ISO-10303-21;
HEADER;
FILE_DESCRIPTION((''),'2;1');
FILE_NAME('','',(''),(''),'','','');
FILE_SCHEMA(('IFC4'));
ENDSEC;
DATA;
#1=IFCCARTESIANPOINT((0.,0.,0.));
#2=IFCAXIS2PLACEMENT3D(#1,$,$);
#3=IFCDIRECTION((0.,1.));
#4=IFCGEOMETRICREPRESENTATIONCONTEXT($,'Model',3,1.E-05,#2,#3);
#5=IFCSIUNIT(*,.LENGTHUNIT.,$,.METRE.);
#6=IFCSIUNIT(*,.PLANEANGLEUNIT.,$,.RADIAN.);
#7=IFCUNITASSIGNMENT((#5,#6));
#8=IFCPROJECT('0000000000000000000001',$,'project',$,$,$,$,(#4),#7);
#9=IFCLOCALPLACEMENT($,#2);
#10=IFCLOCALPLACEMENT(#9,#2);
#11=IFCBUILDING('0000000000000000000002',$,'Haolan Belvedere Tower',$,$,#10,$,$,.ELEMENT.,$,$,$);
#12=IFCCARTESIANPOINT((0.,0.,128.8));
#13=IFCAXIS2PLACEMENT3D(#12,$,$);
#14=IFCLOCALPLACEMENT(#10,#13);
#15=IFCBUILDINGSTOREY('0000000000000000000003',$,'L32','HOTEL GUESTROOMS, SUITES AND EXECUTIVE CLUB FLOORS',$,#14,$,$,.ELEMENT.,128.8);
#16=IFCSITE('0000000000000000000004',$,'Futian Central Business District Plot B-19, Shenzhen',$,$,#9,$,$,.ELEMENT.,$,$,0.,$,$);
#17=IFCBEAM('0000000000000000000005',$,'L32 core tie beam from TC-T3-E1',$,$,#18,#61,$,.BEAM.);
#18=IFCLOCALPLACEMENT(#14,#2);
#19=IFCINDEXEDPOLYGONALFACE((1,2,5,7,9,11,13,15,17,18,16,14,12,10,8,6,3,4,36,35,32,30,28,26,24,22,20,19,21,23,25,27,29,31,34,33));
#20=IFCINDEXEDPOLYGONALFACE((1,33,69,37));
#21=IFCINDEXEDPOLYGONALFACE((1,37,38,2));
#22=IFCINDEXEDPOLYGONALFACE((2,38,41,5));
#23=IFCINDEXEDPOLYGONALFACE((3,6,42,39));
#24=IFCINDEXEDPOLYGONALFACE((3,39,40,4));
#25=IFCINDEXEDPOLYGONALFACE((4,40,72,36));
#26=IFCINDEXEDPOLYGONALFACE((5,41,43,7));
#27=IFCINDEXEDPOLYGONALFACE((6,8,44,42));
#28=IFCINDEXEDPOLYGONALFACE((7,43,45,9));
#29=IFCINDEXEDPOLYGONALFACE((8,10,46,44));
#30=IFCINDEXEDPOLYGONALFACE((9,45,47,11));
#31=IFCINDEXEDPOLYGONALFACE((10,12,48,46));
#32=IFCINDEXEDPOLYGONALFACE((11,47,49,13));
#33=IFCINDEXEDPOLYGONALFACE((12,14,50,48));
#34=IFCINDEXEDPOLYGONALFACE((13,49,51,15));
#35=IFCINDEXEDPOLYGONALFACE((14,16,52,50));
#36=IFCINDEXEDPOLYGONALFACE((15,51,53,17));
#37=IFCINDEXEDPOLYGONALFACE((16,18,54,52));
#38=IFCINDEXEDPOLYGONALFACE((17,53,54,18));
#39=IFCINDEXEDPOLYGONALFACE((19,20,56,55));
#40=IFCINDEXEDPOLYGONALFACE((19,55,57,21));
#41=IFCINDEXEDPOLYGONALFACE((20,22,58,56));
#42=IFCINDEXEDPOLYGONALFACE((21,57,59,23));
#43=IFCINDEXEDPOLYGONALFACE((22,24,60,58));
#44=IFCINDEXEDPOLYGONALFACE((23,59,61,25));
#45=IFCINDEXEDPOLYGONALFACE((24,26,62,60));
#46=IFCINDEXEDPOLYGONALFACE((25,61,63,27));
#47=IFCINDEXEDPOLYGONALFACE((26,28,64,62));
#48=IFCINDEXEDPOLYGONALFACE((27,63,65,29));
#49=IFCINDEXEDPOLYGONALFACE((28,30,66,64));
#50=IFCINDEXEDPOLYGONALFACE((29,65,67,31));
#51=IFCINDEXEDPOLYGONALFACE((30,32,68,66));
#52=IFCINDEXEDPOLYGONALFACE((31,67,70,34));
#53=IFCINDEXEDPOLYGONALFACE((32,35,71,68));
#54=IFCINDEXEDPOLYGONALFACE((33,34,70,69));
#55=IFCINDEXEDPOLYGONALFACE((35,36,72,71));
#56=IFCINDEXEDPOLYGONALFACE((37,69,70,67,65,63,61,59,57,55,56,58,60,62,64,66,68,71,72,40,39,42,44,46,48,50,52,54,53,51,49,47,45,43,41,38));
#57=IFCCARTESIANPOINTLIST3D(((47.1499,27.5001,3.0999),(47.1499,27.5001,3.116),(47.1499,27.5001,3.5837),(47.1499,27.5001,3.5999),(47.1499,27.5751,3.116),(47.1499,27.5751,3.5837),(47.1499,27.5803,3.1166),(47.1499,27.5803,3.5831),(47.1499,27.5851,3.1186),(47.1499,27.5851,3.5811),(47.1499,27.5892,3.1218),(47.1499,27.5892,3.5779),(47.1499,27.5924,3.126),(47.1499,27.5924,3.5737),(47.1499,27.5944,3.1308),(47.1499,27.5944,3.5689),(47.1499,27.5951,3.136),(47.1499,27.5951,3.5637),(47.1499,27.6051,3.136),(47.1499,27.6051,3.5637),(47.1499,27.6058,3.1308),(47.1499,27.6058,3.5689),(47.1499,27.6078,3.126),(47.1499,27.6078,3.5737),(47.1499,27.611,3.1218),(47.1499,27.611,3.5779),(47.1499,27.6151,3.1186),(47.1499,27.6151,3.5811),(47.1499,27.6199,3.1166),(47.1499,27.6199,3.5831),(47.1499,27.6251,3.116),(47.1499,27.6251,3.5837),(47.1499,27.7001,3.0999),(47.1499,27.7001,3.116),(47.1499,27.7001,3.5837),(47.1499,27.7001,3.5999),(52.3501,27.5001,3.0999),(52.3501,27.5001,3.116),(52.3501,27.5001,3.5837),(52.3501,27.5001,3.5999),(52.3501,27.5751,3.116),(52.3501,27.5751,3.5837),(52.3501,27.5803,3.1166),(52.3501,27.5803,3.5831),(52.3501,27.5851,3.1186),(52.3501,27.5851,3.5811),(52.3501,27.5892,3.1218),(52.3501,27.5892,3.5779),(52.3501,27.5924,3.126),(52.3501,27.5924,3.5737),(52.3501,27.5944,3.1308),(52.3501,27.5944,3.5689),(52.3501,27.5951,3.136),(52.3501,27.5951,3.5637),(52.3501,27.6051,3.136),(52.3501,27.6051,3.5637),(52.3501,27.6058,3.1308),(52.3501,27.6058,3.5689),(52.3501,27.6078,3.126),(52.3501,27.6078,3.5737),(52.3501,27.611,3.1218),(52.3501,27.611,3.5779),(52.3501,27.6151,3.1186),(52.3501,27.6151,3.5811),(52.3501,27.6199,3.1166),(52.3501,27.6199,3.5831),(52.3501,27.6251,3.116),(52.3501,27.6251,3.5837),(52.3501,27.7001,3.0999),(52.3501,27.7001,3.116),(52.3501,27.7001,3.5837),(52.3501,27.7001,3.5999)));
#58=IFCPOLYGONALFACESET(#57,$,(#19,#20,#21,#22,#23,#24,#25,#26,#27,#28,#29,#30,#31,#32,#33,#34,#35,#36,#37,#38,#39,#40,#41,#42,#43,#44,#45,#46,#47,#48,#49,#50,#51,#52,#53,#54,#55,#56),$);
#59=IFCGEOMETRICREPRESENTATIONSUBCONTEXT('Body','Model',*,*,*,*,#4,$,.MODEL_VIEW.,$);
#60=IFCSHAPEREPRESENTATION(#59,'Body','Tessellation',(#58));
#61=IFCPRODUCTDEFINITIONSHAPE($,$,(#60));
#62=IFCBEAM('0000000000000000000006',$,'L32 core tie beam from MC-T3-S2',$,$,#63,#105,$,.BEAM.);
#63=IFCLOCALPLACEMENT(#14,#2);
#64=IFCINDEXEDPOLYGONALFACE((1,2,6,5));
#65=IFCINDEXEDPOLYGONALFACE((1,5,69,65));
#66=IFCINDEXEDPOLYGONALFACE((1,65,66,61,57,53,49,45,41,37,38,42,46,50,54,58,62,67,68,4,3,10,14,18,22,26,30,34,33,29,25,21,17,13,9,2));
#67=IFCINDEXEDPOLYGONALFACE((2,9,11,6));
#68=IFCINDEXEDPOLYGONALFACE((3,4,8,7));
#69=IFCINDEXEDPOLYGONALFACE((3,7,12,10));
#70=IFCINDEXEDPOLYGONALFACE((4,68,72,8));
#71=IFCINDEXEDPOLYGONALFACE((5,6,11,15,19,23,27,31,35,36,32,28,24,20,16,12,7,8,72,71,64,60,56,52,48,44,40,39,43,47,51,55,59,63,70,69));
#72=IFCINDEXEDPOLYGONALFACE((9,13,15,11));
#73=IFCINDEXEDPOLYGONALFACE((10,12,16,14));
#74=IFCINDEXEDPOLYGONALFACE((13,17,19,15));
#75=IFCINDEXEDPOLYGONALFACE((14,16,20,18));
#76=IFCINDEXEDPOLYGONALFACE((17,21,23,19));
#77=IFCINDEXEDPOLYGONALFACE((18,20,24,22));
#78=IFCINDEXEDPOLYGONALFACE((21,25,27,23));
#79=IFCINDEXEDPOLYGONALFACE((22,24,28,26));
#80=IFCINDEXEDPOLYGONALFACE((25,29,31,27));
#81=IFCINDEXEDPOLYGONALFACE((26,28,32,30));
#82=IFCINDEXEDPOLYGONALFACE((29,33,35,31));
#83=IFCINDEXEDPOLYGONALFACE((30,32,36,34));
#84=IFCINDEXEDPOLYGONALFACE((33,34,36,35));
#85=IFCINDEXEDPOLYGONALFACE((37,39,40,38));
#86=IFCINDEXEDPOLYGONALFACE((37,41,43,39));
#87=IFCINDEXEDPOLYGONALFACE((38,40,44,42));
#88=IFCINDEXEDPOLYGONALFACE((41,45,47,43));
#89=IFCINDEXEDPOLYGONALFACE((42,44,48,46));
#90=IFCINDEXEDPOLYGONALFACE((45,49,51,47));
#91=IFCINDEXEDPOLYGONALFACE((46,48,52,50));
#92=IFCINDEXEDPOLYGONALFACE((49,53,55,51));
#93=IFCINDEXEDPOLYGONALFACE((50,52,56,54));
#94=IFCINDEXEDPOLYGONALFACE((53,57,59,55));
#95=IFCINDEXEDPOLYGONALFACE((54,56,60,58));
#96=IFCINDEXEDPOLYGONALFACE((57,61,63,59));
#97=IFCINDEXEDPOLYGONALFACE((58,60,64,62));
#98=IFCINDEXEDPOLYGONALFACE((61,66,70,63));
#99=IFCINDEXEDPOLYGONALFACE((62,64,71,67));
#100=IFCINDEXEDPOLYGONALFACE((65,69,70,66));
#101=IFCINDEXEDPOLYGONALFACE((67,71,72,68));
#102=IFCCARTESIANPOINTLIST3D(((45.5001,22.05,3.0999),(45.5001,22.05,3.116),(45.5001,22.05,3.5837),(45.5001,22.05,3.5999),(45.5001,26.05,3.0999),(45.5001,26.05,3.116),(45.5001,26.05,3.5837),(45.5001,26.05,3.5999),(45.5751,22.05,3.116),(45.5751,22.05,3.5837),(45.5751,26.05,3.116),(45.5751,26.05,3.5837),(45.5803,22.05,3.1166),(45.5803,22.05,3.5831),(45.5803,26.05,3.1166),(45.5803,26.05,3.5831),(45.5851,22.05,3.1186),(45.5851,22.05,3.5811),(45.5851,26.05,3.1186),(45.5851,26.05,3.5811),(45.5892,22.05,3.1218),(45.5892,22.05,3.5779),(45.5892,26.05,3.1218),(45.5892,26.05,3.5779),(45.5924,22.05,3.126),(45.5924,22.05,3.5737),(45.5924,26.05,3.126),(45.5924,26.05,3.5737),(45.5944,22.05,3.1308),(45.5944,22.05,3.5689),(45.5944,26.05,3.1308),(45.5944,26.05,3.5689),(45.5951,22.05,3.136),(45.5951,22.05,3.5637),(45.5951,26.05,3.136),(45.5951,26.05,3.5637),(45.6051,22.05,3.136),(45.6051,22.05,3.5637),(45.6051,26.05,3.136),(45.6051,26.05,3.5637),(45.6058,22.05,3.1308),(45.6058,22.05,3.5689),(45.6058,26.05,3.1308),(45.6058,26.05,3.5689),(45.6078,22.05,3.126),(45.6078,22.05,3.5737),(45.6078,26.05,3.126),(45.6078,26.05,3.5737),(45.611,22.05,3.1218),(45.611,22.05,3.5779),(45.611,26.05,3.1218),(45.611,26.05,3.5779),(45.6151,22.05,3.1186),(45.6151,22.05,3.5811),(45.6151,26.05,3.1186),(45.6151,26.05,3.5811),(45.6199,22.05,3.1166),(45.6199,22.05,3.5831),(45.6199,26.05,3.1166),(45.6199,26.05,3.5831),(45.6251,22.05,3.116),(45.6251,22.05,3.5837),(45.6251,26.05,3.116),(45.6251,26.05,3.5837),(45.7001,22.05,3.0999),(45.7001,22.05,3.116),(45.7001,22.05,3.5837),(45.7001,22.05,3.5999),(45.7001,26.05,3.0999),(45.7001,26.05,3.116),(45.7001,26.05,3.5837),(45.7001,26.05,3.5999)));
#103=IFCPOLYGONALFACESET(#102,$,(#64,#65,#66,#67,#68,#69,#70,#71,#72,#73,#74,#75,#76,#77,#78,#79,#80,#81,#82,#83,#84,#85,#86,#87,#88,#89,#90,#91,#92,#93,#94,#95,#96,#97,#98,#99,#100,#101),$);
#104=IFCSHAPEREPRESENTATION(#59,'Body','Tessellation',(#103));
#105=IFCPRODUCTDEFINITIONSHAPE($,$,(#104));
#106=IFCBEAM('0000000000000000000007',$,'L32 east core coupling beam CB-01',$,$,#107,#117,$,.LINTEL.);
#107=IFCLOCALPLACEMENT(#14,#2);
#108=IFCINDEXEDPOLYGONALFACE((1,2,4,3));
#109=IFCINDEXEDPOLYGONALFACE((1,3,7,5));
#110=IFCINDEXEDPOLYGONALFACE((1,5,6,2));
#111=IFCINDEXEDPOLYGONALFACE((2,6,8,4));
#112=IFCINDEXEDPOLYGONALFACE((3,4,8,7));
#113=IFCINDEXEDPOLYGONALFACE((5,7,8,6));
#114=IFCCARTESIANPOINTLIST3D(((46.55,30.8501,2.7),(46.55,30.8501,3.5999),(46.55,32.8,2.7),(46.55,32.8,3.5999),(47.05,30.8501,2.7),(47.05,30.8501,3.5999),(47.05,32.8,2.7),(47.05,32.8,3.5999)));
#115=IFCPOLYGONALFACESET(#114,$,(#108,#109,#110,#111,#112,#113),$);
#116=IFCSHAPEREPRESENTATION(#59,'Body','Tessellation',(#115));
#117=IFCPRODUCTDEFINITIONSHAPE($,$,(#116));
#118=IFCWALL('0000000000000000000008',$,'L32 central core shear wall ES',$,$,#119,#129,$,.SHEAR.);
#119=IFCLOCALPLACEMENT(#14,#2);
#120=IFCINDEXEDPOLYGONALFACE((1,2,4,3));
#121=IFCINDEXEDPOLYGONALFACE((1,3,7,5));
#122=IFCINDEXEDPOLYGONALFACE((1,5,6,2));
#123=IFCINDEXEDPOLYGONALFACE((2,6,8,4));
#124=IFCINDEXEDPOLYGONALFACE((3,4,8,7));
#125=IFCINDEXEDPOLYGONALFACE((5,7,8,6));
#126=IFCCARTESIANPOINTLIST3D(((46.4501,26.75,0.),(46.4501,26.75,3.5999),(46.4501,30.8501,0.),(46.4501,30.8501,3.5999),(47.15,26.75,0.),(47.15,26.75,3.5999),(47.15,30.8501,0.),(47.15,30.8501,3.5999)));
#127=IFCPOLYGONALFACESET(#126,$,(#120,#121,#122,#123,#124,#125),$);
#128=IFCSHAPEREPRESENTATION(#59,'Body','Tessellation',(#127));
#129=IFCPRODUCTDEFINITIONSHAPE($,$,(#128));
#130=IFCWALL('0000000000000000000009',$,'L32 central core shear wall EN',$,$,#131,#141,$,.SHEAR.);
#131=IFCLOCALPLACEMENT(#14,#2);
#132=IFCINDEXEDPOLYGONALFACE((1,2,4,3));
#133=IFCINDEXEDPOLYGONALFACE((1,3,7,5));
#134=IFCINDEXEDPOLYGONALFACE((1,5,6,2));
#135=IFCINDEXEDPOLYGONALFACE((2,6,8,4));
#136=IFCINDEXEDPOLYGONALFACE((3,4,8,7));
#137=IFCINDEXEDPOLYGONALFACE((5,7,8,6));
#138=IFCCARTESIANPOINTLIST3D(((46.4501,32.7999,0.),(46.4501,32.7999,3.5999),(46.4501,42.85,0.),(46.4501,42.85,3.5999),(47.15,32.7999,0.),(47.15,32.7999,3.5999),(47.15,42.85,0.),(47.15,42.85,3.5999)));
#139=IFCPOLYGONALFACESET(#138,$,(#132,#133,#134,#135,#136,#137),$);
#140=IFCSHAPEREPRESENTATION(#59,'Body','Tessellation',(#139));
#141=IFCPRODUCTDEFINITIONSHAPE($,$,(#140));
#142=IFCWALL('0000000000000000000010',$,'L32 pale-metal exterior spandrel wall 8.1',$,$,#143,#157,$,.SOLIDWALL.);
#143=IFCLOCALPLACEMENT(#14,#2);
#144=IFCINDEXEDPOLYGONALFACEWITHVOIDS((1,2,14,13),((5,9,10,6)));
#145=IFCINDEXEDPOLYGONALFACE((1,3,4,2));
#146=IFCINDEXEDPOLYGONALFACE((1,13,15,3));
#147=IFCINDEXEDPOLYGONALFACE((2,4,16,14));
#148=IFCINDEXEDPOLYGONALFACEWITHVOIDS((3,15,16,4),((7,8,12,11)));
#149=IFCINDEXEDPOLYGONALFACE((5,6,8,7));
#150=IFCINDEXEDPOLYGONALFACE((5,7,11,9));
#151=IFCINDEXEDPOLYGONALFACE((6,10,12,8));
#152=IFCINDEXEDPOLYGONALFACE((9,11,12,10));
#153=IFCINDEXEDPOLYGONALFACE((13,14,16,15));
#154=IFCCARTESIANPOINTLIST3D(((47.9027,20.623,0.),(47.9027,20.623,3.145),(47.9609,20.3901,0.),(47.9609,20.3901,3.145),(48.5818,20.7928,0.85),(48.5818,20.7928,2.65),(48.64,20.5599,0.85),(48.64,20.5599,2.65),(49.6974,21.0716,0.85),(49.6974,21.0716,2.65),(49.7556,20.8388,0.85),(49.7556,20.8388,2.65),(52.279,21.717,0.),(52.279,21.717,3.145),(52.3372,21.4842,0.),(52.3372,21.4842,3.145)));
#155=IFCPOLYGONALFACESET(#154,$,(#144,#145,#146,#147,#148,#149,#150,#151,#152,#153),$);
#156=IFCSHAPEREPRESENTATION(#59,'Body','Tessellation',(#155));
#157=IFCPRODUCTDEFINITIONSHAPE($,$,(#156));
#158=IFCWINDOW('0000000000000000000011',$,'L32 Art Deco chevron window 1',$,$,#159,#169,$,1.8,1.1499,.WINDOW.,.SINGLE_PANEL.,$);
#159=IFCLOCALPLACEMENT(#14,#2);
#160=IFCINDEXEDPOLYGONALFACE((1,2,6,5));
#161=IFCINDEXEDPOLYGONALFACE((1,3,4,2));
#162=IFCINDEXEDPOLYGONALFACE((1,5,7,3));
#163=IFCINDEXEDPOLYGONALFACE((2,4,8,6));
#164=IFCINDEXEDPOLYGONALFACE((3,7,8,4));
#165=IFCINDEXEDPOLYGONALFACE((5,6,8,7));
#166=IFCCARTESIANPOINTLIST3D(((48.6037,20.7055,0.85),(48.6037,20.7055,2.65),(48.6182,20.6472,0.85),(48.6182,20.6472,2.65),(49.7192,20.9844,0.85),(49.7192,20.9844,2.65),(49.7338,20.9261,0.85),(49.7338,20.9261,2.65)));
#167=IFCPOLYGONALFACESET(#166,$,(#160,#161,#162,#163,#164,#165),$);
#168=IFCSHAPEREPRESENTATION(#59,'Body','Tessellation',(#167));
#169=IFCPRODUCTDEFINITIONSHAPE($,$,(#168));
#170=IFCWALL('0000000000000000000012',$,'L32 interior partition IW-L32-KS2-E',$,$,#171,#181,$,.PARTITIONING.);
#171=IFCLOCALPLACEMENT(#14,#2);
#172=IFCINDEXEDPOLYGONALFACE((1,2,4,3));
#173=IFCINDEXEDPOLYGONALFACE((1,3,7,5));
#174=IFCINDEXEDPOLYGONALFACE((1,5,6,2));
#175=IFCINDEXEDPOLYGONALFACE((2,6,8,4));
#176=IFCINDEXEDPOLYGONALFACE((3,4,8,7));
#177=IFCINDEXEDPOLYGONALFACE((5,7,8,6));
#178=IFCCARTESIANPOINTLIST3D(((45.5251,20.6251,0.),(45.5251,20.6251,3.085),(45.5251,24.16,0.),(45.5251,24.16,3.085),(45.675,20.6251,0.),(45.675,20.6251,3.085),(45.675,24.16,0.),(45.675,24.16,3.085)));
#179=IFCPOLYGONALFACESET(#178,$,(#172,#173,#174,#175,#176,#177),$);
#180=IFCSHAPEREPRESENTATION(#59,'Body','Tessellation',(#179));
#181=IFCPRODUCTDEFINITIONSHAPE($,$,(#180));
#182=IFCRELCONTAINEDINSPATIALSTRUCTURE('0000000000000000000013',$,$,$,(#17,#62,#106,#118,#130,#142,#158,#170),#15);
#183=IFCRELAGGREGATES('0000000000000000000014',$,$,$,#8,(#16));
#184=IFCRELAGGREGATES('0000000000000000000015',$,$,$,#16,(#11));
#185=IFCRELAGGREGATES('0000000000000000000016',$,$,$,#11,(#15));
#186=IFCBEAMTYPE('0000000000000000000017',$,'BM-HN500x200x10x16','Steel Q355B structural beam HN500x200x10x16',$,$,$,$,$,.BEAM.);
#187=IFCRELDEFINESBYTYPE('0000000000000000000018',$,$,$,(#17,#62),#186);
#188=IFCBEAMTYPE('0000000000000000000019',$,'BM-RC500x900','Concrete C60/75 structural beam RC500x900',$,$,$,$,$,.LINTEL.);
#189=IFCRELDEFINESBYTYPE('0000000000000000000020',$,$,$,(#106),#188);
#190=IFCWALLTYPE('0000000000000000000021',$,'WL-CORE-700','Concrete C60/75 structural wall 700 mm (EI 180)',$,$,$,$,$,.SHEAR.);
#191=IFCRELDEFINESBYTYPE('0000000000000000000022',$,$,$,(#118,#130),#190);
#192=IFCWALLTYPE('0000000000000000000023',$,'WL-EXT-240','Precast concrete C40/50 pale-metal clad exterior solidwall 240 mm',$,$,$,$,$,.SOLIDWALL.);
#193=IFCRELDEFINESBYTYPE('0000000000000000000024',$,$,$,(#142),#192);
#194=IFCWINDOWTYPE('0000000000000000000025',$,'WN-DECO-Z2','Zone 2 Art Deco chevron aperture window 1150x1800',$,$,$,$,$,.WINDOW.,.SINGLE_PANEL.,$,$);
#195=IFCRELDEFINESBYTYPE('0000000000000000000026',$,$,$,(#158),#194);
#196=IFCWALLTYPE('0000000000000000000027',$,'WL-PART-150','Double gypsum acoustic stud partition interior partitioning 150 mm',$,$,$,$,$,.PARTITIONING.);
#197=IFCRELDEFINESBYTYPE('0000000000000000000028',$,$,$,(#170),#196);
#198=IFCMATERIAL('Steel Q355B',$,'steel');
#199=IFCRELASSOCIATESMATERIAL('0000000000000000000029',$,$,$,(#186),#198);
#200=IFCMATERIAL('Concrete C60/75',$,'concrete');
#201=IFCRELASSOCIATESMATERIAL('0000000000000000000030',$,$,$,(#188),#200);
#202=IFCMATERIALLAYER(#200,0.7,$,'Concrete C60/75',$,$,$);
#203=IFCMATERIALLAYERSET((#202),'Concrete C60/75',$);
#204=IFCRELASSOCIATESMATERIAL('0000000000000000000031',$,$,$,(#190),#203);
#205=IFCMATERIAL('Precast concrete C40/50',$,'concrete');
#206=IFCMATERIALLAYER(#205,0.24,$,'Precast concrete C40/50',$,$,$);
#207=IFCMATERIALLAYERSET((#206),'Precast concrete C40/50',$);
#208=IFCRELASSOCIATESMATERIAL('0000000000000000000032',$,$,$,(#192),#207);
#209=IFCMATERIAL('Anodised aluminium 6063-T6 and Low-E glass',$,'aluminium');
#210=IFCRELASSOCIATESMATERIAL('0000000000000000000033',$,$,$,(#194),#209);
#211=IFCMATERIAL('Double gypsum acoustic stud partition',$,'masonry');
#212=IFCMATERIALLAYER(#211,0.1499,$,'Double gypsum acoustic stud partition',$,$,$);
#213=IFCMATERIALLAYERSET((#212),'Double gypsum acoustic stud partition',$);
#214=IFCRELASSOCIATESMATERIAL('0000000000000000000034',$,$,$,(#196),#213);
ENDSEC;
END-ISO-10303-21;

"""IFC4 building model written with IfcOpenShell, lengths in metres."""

from ifc_helpers import new_model, si_unit, direction, frame, frame_2d, origin, origin_2d, place, context, subcontext, project, spatial, rectangle, i_section, extrude, material, layer, layer_set, material_profile, profile_set, type_object, element, fill, save


model = new_model("IFC4")

# Units and contexts
model_context = context("Model", 3, precision=1e-05, world=origin(), true_north=direction((0.0, 1.0)))
body_context = subcontext(model_context, "Body", "Model", "MODEL_VIEW")
ifc_project = project(units=[si_unit("LENGTHUNIT", "METRE"), si_unit("PLANEANGLEUNIT", "RADIAN")], contexts=[model_context])

# Site, building, storey
site_placement = place(None, origin())
site = spatial("IfcSite", under=ifc_project, at=site_placement, Name="Futian Central Business District Plot B-19, Shenzhen", CompositionType="ELEMENT", RefElevation=0.0)
building_placement = place(site_placement, origin())
building = spatial("IfcBuilding", under=site, at=building_placement, Name="Haolan Belvedere Tower", CompositionType="ELEMENT")
storey_placement = place(building_placement, frame((0.0, 0.0, 128.8)))
storey = spatial("IfcBuildingStorey", under=building, at=storey_placement, Name="L32", Description="HOTEL GUESTROOMS, SUITES AND EXECUTIVE CLUB FLOORS", CompositionType="ELEMENT", Elevation=128.8)

# Beams
ifc_material_1 = material(Name="Steel Q355B", Category="steel")
ifc_material_profile_1 = material_profile(ifc_material_1, i_section(OverallWidth=0.2, OverallDepth=0.5, WebThickness=0.01, FlangeThickness=0.0161, FilletRadius=0.02, at=origin_2d()), Name="Steel Q355B")
ifc_profile_set_1 = profile_set([ifc_material_profile_1], Name="Steel Q355B")
beam_type_1 = type_object("IfcBeamType", Name="BM-HN500x200x10x16", Description="Steel Q355B structural beam HN500x200x10x16", PredefinedType="BEAM", material=ifc_profile_set_1)
beam_1_placement = place(storey_placement, frame((52.3501, 27.6001, 3.3499), z_axis=(-1.0, 0.0, 0.0), x_axis=(0.0, -1.0, 0.0)))
element("IfcBeam", 1, at=beam_1_placement, inside=storey, type_object=beam_type_1, Name="L32 core tie beam from TC-T3-E1", PredefinedType="BEAM", context=body_context, shape_type="SweptSolid", body=[
    extrude(i_section(OverallWidth=0.2, OverallDepth=0.5, WebThickness=0.01, FlangeThickness=0.0161, FilletRadius=0.02, at=origin_2d()), origin(), (0.0, 0.0, 1.0), 5.2002),
])
beam_2_placement = place(storey_placement, frame((45.6001, 22.05, 3.3499), z_axis=(0.0, 1.0, 0.0), x_axis=(-1.0, 0.0, 0.0)))
element("IfcBeam", 2, at=beam_2_placement, inside=storey, type_object=beam_type_1, Name="L32 core tie beam from MC-T3-S2", PredefinedType="BEAM", context=body_context, shape_type="SweptSolid", body=[
    extrude(i_section(OverallWidth=0.2, OverallDepth=0.5, WebThickness=0.01, FlangeThickness=0.0161, FilletRadius=0.02, at=origin_2d()), origin(), (0.0, 0.0, 1.0), 4.0),
])
ifc_material_2 = material(Name="Concrete C60/75", Category="concrete")
ifc_material_profile_2 = material_profile(ifc_material_2, rectangle(XDim=0.5, YDim=0.8999, at=origin_2d()), Name="Concrete C60/75")
ifc_profile_set_2 = profile_set([ifc_material_profile_2], Name="Concrete C60/75")
beam_type_2 = type_object("IfcBeamType", Name="BM-RC500x900", Description="Concrete C60/75 structural beam RC500x900", PredefinedType="LINTEL", material=ifc_profile_set_2)
beam_3_placement = place(storey_placement, frame((46.8, 30.8501, 3.1499), z_axis=(0.0, 1.0, 0.0), x_axis=(-1.0, 0.0, 0.0)))
element("IfcBeam", 3, at=beam_3_placement, inside=storey, type_object=beam_type_2, Name="L32 east core coupling beam CB-01", PredefinedType="LINTEL", context=body_context, shape_type="SweptSolid", body=[
    extrude(rectangle(XDim=0.5, YDim=0.8999, at=origin_2d()), origin(), (0.0, 0.0, 1.0), 1.95),
])

# Walls
ifc_layer_1 = layer(ifc_material_2, 0.7, Name="Concrete C60/75")
ifc_layer_set_1 = layer_set([ifc_layer_1], Name="Concrete C60/75")
wall_type_1 = type_object("IfcWallType", Name="WL-CORE-700", Description="Concrete C60/75 structural wall 700 mm (EI 180)", PredefinedType="SHEAR", material=ifc_layer_set_1)
wall_1_placement = place(storey_placement, frame((46.8, 26.75, 0.0), z_axis=(0.0, 0.0, 1.0), x_axis=(0.0, 1.0, 0.0)))
element("IfcWall", 4, at=wall_1_placement, inside=storey, type_object=wall_type_1, Name="L32 central core shear wall ES", PredefinedType="SHEAR", context=body_context, shape_type="SweptSolid", body=[
    extrude(rectangle(XDim=4.1001, YDim=0.7, at=frame_2d((2.05, 0.0))), origin(), (0.0, 0.0, 1.0), 3.5999),
])
wall_2_placement = place(storey_placement, frame((46.8, 32.8, 0.0), z_axis=(0.0, 0.0, 1.0), x_axis=(0.0, 1.0, 0.0)))
element("IfcWall", 5, at=wall_2_placement, inside=storey, type_object=wall_type_1, Name="L32 central core shear wall EN", PredefinedType="SHEAR", context=body_context, shape_type="SweptSolid", body=[
    extrude(rectangle(XDim=10.05, YDim=0.7, at=frame_2d((5.0249, 0.0))), origin(), (0.0, 0.0, 1.0), 3.5999),
])

# Wall, opening, window
ifc_material_3 = material(Name="Precast concrete C40/50", Category="concrete")
ifc_layer_2 = layer(ifc_material_3, 0.24, Name="Precast concrete C40/50")
ifc_layer_set_2 = layer_set([ifc_layer_2], Name="Precast concrete C40/50")
wall_type_2 = type_object("IfcWallType", Name="WL-EXT-240", Description="Precast concrete C40/50 pale-metal clad exterior solidwall 240 mm", PredefinedType="SOLIDWALL", material=ifc_layer_set_2)
wall_3_placement = place(storey_placement, frame((47.9319, 20.5066, 0.0), z_axis=(0.0, 0.0, 1.0), x_axis=(0.970146, 0.242523, 0.0)))
wall_3 = element("IfcWall", 6, at=wall_3_placement, inside=storey, type_object=wall_type_2, Name="L32 pale-metal exterior spandrel wall 8.1", PredefinedType="SOLIDWALL", context=body_context, shape_type="SweptSolid", body=[
    extrude(rectangle(XDim=4.511, YDim=0.24, at=frame_2d((2.2554, 0.0))), origin(), (0.0, 0.0, 1.0), 3.145),
])
opening_1_placement = place(wall_3_placement, frame((0.7, 0.0, 0.8501)))
opening_1 = element("IfcOpeningElement", 7, at=opening_1_placement, cuts=wall_3, PredefinedType="OPENING", context=body_context, shape_type="SweptSolid", body=[
    extrude(rectangle(XDim=1.1499, YDim=1.8, at=frame_2d((0.575, 0.8999))), frame((0.0, 0.1299, 0.0), z_axis=(0.0, -1.0, 0.0), x_axis=(1.0, 0.0, 0.0)), (0.0, 0.0, 1.0), 0.26),
])
ifc_material_4 = material(Name="Anodised aluminium 6063-T6 and Low-E glass", Category="aluminium")
window_type = type_object("IfcWindowType", Name="WN-DECO-Z2", Description="Zone 2 Art Deco chevron aperture window 1150x1800", PartitioningType="SINGLE_PANEL", PredefinedType="WINDOW", material=ifc_material_4)
window_placement = place(opening_1_placement, origin())
window = element("IfcWindow", 8, at=window_placement, inside=storey, type_object=window_type, Name="L32 Art Deco chevron window 1", OverallHeight=1.8, OverallWidth=1.1499, PartitioningType="SINGLE_PANEL", PredefinedType="WINDOW", context=body_context, shape_type="SweptSolid", body=[
    extrude(rectangle(XDim=1.1499, YDim=1.8, at=frame_2d((0.575, 0.8999))), frame((0.0, 0.03, 0.0), z_axis=(0.0, -1.0, 0.0), x_axis=(1.0, 0.0, 0.0)), (0.0, 0.0, 1.0), 0.0601),
])
fill(opening_1, window)

# Wall
ifc_material_5 = material(Name="Double gypsum acoustic stud partition", Category="masonry")
ifc_layer_3 = layer(ifc_material_5, 0.1499, Name="Double gypsum acoustic stud partition")
ifc_layer_set_3 = layer_set([ifc_layer_3], Name="Double gypsum acoustic stud partition")
wall_type_3 = type_object("IfcWallType", Name="WL-PART-150", Description="Double gypsum acoustic stud partition interior partitioning 150 mm", PredefinedType="PARTITIONING", material=ifc_layer_set_3)
wall_4_placement = place(storey_placement, frame((45.6001, 20.625, 0.0), z_axis=(0.0, 0.0, 1.0), x_axis=(0.0, 1.0, 0.0)))
element("IfcWall", 9, at=wall_4_placement, inside=storey, type_object=wall_type_3, Name="L32 interior partition IW-L32-KS2-E", PredefinedType="PARTITIONING", context=body_context, shape_type="SweptSolid", body=[
    extrude(rectangle(XDim=3.5349, YDim=0.1499, at=frame_2d((1.7676, 0.0))), origin(), (0.0, 0.0, 1.0), 3.085),
])

save(model, "model.ifc")
